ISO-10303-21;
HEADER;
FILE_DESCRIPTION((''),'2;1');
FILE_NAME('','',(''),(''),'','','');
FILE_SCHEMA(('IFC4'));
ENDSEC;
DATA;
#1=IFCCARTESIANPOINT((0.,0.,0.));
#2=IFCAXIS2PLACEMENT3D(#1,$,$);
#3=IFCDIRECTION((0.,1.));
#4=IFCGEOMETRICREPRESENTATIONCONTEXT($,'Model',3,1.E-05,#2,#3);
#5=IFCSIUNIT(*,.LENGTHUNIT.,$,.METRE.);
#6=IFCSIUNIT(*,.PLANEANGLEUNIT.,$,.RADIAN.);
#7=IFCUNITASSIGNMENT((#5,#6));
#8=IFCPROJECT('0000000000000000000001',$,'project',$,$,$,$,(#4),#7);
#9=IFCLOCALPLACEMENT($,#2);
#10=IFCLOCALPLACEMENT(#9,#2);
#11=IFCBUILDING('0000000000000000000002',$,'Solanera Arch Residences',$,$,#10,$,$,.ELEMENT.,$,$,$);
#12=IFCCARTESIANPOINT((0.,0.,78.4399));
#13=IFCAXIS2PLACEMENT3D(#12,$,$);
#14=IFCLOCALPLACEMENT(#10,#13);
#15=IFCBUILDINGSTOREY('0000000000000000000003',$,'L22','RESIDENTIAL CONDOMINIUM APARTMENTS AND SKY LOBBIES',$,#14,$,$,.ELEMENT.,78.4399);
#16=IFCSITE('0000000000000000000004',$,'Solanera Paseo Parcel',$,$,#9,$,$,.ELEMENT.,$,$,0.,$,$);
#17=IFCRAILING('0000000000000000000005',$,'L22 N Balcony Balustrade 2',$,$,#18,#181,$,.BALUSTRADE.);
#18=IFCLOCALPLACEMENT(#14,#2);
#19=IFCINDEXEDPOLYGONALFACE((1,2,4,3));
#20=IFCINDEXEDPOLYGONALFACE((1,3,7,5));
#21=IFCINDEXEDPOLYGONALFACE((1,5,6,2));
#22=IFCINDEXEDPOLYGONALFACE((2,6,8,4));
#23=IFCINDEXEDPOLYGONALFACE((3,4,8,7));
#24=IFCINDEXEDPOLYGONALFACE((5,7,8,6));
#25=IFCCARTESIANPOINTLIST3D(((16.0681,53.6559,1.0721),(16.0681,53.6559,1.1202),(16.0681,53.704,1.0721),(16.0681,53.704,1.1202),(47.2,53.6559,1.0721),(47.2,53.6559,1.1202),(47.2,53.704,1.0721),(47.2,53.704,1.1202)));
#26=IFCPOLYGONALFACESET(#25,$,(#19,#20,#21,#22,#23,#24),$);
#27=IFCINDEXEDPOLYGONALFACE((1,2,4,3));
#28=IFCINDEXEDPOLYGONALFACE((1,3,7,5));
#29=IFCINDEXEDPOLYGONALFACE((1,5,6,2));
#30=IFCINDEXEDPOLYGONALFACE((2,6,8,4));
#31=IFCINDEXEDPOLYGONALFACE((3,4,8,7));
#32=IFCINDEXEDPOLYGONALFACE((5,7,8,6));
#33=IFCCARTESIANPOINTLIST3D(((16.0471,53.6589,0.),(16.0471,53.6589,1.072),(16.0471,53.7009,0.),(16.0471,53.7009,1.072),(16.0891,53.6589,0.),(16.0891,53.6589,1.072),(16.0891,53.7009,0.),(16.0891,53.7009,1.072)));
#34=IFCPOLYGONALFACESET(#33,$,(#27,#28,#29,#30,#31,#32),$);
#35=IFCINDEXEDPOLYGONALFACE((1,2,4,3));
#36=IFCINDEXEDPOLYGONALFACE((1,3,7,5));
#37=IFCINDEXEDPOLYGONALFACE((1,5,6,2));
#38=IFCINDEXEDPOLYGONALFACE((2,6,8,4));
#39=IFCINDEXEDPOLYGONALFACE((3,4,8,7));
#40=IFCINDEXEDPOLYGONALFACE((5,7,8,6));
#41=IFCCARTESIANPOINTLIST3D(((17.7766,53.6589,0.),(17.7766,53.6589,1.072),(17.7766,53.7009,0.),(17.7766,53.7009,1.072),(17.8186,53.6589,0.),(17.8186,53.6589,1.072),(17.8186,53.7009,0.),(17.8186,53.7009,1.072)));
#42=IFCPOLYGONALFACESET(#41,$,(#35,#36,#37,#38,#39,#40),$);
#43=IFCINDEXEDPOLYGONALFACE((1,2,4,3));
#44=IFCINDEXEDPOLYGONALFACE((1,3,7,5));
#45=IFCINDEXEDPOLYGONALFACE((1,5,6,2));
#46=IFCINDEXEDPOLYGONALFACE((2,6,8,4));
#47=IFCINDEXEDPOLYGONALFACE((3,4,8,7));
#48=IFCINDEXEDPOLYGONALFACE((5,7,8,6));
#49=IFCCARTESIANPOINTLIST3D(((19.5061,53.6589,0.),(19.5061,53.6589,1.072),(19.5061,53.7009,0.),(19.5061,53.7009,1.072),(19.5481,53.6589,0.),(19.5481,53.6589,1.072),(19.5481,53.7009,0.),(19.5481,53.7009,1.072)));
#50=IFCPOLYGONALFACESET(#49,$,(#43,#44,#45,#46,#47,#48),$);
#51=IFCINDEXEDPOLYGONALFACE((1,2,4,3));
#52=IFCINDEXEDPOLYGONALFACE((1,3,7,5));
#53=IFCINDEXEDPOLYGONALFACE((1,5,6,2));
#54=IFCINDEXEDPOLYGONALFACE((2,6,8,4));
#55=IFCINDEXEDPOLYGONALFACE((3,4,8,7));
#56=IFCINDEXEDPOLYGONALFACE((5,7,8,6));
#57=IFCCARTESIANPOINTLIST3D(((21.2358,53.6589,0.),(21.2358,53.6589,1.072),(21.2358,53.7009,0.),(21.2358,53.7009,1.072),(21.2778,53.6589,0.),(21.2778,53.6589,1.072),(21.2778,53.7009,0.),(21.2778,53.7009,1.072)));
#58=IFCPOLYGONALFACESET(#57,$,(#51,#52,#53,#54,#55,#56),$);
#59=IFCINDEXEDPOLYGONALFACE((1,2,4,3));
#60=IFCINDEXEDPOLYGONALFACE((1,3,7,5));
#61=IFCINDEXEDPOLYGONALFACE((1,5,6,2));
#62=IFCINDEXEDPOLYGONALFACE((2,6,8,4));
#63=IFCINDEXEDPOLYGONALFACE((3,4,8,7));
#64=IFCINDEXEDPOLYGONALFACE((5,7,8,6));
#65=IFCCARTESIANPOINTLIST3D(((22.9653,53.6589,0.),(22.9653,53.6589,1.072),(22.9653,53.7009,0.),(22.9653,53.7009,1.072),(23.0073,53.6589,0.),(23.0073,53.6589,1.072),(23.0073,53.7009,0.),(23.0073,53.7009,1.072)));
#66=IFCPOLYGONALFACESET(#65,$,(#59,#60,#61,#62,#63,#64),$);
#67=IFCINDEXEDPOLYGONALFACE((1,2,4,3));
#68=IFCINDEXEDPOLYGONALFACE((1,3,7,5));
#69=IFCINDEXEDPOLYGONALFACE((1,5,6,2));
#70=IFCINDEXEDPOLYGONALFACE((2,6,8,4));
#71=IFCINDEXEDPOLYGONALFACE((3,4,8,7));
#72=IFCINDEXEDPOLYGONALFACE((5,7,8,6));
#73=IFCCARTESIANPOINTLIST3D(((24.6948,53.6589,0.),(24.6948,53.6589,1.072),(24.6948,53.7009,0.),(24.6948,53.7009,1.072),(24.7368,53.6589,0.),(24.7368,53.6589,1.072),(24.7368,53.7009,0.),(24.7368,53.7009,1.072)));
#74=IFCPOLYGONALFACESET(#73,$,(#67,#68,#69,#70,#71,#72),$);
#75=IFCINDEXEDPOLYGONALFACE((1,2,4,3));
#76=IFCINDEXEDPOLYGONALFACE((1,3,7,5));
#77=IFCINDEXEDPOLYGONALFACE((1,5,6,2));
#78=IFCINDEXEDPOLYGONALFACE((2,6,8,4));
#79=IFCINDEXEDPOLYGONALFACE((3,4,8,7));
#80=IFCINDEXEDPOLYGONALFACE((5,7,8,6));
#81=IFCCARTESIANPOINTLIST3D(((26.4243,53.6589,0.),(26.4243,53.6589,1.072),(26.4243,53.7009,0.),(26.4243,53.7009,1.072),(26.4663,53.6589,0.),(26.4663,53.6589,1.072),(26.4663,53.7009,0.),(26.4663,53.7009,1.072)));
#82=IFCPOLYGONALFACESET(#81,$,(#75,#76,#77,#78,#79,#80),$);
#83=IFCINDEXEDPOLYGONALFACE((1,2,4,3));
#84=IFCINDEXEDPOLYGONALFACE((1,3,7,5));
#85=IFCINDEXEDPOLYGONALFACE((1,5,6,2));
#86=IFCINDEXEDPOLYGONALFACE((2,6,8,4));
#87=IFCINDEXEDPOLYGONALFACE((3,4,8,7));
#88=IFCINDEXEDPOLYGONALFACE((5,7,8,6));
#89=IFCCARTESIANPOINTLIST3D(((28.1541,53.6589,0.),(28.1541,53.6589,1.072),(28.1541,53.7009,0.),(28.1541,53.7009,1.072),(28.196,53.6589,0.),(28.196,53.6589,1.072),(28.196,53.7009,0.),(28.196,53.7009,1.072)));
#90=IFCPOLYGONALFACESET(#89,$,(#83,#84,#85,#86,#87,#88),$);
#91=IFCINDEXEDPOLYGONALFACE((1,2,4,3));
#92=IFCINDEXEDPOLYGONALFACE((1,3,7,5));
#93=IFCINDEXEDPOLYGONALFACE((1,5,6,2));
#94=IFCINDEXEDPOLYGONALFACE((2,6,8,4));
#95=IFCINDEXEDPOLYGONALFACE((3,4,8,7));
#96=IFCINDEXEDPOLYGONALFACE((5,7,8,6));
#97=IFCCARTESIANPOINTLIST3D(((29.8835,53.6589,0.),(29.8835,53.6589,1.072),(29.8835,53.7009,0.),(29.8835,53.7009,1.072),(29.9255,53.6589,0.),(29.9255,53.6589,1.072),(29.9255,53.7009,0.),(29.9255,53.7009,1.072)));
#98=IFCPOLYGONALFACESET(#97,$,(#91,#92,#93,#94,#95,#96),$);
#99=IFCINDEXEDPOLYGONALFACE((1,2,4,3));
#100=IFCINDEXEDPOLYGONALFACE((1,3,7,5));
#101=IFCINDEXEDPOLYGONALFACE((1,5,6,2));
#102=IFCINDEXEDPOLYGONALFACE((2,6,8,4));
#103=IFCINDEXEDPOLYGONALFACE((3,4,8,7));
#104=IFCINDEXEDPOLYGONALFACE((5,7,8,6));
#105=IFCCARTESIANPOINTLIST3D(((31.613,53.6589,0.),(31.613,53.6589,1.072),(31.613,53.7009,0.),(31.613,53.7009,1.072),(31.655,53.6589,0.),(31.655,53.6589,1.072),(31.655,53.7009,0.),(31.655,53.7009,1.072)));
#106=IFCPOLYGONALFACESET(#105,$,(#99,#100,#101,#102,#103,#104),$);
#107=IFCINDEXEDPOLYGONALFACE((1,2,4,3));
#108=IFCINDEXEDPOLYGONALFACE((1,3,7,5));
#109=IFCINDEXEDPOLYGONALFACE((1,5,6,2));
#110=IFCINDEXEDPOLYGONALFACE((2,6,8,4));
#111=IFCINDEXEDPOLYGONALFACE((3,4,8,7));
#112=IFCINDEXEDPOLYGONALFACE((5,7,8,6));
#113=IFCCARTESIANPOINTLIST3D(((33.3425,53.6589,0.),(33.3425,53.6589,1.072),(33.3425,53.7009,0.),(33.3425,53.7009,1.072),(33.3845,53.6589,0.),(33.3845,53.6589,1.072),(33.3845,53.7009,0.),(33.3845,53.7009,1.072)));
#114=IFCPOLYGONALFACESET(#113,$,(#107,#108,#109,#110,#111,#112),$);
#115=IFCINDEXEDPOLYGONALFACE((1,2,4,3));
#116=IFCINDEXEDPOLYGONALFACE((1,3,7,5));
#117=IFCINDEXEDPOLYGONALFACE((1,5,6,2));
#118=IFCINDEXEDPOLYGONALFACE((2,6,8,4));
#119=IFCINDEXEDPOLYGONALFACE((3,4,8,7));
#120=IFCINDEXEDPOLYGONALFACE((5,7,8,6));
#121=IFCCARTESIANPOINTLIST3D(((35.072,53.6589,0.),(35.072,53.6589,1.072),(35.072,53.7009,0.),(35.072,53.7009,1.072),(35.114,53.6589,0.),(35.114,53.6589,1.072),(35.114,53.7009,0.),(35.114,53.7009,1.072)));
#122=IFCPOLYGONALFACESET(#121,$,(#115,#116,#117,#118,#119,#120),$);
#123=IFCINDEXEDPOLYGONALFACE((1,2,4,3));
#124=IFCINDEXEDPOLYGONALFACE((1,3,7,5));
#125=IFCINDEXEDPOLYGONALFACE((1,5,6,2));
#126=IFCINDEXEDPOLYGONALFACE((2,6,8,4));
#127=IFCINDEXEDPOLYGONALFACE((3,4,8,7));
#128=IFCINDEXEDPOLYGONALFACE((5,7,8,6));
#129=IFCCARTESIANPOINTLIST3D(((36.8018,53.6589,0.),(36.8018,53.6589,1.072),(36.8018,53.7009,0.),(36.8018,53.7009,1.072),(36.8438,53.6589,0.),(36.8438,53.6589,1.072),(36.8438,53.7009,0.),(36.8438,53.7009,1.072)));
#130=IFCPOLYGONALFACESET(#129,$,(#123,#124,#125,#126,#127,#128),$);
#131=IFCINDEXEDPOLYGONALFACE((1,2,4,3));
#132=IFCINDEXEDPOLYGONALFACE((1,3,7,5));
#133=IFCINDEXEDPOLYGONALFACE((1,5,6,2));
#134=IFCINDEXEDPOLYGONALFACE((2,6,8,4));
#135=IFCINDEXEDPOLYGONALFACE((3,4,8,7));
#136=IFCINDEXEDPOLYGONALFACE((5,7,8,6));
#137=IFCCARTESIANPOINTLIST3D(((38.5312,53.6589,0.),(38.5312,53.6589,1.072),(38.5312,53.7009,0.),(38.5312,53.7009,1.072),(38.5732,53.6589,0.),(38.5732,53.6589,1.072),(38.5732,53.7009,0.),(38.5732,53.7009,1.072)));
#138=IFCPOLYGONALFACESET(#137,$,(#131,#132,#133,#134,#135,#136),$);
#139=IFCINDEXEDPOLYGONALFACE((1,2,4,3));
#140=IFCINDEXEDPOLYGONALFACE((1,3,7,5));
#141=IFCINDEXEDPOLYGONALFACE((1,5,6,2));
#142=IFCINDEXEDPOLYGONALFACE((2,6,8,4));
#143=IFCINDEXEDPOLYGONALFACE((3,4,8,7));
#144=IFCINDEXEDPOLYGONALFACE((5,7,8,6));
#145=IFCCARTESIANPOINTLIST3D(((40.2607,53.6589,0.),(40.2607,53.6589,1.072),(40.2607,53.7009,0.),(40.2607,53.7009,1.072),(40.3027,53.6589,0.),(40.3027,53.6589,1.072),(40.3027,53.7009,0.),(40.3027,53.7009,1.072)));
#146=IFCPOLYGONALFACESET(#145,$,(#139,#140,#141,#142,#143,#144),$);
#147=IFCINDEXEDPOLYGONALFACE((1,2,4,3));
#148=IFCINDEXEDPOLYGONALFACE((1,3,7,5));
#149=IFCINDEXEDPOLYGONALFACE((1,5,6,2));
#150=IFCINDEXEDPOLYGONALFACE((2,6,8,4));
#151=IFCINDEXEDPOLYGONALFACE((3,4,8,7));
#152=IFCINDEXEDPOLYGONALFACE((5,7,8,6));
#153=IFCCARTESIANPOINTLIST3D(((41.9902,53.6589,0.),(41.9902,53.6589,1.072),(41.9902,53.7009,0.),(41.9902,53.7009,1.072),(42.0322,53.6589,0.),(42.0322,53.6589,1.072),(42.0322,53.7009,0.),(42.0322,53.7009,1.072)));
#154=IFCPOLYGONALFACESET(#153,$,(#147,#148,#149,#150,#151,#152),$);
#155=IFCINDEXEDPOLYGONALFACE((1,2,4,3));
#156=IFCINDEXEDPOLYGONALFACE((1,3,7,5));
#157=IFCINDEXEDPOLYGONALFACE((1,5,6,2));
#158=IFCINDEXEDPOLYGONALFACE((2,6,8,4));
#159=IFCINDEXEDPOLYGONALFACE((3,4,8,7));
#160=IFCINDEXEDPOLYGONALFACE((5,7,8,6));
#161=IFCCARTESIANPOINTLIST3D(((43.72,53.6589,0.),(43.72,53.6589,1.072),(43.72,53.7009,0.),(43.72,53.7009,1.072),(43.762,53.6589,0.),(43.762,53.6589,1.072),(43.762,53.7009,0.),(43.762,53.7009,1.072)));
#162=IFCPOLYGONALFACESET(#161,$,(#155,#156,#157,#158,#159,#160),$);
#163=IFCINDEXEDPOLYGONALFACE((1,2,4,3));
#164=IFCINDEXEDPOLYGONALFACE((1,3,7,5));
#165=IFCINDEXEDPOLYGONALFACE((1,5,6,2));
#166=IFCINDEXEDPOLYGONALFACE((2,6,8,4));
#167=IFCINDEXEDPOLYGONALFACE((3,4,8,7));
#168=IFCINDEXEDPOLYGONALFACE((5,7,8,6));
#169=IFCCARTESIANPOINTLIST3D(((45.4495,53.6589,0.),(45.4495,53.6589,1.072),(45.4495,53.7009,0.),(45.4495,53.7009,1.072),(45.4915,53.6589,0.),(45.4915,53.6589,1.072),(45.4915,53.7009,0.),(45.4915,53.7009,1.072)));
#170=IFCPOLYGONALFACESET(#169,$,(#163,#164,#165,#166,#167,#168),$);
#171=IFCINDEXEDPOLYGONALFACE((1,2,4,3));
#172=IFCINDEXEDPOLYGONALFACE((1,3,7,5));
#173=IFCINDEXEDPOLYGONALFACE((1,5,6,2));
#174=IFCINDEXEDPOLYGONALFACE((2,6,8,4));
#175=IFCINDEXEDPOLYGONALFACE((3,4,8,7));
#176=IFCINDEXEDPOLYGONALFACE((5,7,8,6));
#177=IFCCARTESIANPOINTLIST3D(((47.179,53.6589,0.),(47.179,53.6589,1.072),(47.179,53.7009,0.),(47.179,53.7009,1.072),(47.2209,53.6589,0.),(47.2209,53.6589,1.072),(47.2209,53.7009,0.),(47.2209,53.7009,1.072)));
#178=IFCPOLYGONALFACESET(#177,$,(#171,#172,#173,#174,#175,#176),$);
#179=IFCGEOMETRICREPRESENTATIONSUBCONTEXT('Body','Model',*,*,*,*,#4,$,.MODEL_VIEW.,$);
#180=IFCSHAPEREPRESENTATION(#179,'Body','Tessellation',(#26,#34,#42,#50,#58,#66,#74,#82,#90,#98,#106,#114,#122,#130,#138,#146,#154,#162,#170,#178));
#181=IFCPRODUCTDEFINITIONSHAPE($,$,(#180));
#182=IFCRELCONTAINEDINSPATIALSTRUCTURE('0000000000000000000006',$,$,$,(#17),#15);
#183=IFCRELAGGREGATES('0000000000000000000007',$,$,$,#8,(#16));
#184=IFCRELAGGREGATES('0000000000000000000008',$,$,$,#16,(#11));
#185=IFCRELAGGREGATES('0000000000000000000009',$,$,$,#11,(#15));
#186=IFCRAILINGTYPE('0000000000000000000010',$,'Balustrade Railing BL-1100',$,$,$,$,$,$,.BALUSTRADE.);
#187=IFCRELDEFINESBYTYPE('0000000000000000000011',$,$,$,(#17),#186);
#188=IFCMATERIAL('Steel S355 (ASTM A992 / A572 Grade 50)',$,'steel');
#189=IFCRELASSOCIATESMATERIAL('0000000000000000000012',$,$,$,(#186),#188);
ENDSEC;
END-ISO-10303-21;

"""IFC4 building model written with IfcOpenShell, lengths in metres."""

from ifc_helpers import new_model, si_unit, direction, frame, origin, origin_2d, place, context, subcontext, project, spatial, rectangle, extrude, material, type_object, element, save


model = new_model("IFC4")

# Units and contexts
model_context = context("Model", 3, precision=1e-05, world=origin(), true_north=direction((0.0, 1.0)))
body_context = subcontext(model_context, "Body", "Model", "MODEL_VIEW")
ifc_project = project(units=[si_unit("LENGTHUNIT", "METRE"), si_unit("PLANEANGLEUNIT", "RADIAN")], contexts=[model_context])

# Site, building, storey
site_placement = place(None, origin())
site = spatial("IfcSite", under=ifc_project, at=site_placement, Name="Solanera Paseo Parcel", CompositionType="ELEMENT", RefElevation=0.0)
building_placement = place(site_placement, origin())
building = spatial("IfcBuilding", under=site, at=building_placement, Name="Solanera Arch Residences", CompositionType="ELEMENT")
storey_placement = place(building_placement, frame((0.0, 0.0, 78.4399)))
storey = spatial("IfcBuildingStorey", under=building, at=storey_placement, Name="L22", Description="RESIDENTIAL CONDOMINIUM APARTMENTS AND SKY LOBBIES", CompositionType="ELEMENT", Elevation=78.4399)

# Railing
ifc_material_1 = material(Name="Steel S355 (ASTM A992 / A572 Grade 50)", Category="steel")
railing_type = type_object("IfcRailingType", Name="Balustrade Railing BL-1100", PredefinedType="BALUSTRADE", material=ifc_material_1)
railing_placement = place(storey_placement, frame((16.0681, 53.6799, 0.0)))
element("IfcRailing", 1, at=railing_placement, inside=storey, type_object=railing_type, Name="L22 N Balcony Balustrade 2", PredefinedType="BALUSTRADE", context=body_context, shape_type="SweptSolid", body=[
    extrude(rectangle(XDim=0.0481, YDim=0.0481, at=origin_2d()), frame((0.0, 0.0, 1.0962), z_axis=(1.0, 0.0, 0.0), x_axis=(0.0, 1.0, 0.0)), (0.0, 0.0, 1.0), 31.1318),
    extrude(rectangle(XDim=0.042, YDim=0.042, at=origin_2d()), origin(), (0.0, 0.0, 1.0), 1.072),
    extrude(rectangle(XDim=0.042, YDim=0.042, at=origin_2d()), frame((1.7295, 0.0, 0.0)), (0.0, 0.0, 1.0), 1.072),
    extrude(rectangle(XDim=0.042, YDim=0.042, at=origin_2d()), frame((3.459, 0.0, 0.0)), (0.0, 0.0, 1.0), 1.072),
    extrude(rectangle(XDim=0.042, YDim=0.042, at=origin_2d()), frame((5.1887, 0.0, 0.0)), (0.0, 0.0, 1.0), 1.072),
    extrude(rectangle(XDim=0.042, YDim=0.042, at=origin_2d()), frame((6.9182, 0.0, 0.0)), (0.0, 0.0, 1.0), 1.072),
    extrude(rectangle(XDim=0.042, YDim=0.042, at=origin_2d()), frame((8.6477, 0.0, 0.0)), (0.0, 0.0, 1.0), 1.072),
    extrude(rectangle(XDim=0.042, YDim=0.042, at=origin_2d()), frame((10.3772, 0.0, 0.0)), (0.0, 0.0, 1.0), 1.072),
    extrude(rectangle(XDim=0.042, YDim=0.042, at=origin_2d()), frame((12.1069, 0.0, 0.0)), (0.0, 0.0, 1.0), 1.072),
    extrude(rectangle(XDim=0.042, YDim=0.042, at=origin_2d()), frame((13.8364, 0.0, 0.0)), (0.0, 0.0, 1.0), 1.072),
    extrude(rectangle(XDim=0.042, YDim=0.042, at=origin_2d()), frame((15.5659, 0.0, 0.0)), (0.0, 0.0, 1.0), 1.072),
    extrude(rectangle(XDim=0.042, YDim=0.042, at=origin_2d()), frame((17.2954, 0.0, 0.0)), (0.0, 0.0, 1.0), 1.072),
    extrude(rectangle(XDim=0.042, YDim=0.042, at=origin_2d()), frame((19.0249, 0.0, 0.0)), (0.0, 0.0, 1.0), 1.072),
    extrude(rectangle(XDim=0.042, YDim=0.042, at=origin_2d()), frame((20.7546, 0.0, 0.0)), (0.0, 0.0, 1.0), 1.072),
    extrude(rectangle(XDim=0.042, YDim=0.042, at=origin_2d()), frame((22.4841, 0.0, 0.0)), (0.0, 0.0, 1.0), 1.072),
    extrude(rectangle(XDim=0.042, YDim=0.042, at=origin_2d()), frame((24.2136, 0.0, 0.0)), (0.0, 0.0, 1.0), 1.072),
    extrude(rectangle(XDim=0.042, YDim=0.042, at=origin_2d()), frame((25.9431, 0.0, 0.0)), (0.0, 0.0, 1.0), 1.072),
    extrude(rectangle(XDim=0.042, YDim=0.042, at=origin_2d()), frame((27.6729, 0.0, 0.0)), (0.0, 0.0, 1.0), 1.072),
    extrude(rectangle(XDim=0.042, YDim=0.042, at=origin_2d()), frame((29.4023, 0.0, 0.0)), (0.0, 0.0, 1.0), 1.072),
    extrude(rectangle(XDim=0.042, YDim=0.042, at=origin_2d()), frame((31.1318, 0.0, 0.0)), (0.0, 0.0, 1.0), 1.072),
])

save(model, "model.ifc")
